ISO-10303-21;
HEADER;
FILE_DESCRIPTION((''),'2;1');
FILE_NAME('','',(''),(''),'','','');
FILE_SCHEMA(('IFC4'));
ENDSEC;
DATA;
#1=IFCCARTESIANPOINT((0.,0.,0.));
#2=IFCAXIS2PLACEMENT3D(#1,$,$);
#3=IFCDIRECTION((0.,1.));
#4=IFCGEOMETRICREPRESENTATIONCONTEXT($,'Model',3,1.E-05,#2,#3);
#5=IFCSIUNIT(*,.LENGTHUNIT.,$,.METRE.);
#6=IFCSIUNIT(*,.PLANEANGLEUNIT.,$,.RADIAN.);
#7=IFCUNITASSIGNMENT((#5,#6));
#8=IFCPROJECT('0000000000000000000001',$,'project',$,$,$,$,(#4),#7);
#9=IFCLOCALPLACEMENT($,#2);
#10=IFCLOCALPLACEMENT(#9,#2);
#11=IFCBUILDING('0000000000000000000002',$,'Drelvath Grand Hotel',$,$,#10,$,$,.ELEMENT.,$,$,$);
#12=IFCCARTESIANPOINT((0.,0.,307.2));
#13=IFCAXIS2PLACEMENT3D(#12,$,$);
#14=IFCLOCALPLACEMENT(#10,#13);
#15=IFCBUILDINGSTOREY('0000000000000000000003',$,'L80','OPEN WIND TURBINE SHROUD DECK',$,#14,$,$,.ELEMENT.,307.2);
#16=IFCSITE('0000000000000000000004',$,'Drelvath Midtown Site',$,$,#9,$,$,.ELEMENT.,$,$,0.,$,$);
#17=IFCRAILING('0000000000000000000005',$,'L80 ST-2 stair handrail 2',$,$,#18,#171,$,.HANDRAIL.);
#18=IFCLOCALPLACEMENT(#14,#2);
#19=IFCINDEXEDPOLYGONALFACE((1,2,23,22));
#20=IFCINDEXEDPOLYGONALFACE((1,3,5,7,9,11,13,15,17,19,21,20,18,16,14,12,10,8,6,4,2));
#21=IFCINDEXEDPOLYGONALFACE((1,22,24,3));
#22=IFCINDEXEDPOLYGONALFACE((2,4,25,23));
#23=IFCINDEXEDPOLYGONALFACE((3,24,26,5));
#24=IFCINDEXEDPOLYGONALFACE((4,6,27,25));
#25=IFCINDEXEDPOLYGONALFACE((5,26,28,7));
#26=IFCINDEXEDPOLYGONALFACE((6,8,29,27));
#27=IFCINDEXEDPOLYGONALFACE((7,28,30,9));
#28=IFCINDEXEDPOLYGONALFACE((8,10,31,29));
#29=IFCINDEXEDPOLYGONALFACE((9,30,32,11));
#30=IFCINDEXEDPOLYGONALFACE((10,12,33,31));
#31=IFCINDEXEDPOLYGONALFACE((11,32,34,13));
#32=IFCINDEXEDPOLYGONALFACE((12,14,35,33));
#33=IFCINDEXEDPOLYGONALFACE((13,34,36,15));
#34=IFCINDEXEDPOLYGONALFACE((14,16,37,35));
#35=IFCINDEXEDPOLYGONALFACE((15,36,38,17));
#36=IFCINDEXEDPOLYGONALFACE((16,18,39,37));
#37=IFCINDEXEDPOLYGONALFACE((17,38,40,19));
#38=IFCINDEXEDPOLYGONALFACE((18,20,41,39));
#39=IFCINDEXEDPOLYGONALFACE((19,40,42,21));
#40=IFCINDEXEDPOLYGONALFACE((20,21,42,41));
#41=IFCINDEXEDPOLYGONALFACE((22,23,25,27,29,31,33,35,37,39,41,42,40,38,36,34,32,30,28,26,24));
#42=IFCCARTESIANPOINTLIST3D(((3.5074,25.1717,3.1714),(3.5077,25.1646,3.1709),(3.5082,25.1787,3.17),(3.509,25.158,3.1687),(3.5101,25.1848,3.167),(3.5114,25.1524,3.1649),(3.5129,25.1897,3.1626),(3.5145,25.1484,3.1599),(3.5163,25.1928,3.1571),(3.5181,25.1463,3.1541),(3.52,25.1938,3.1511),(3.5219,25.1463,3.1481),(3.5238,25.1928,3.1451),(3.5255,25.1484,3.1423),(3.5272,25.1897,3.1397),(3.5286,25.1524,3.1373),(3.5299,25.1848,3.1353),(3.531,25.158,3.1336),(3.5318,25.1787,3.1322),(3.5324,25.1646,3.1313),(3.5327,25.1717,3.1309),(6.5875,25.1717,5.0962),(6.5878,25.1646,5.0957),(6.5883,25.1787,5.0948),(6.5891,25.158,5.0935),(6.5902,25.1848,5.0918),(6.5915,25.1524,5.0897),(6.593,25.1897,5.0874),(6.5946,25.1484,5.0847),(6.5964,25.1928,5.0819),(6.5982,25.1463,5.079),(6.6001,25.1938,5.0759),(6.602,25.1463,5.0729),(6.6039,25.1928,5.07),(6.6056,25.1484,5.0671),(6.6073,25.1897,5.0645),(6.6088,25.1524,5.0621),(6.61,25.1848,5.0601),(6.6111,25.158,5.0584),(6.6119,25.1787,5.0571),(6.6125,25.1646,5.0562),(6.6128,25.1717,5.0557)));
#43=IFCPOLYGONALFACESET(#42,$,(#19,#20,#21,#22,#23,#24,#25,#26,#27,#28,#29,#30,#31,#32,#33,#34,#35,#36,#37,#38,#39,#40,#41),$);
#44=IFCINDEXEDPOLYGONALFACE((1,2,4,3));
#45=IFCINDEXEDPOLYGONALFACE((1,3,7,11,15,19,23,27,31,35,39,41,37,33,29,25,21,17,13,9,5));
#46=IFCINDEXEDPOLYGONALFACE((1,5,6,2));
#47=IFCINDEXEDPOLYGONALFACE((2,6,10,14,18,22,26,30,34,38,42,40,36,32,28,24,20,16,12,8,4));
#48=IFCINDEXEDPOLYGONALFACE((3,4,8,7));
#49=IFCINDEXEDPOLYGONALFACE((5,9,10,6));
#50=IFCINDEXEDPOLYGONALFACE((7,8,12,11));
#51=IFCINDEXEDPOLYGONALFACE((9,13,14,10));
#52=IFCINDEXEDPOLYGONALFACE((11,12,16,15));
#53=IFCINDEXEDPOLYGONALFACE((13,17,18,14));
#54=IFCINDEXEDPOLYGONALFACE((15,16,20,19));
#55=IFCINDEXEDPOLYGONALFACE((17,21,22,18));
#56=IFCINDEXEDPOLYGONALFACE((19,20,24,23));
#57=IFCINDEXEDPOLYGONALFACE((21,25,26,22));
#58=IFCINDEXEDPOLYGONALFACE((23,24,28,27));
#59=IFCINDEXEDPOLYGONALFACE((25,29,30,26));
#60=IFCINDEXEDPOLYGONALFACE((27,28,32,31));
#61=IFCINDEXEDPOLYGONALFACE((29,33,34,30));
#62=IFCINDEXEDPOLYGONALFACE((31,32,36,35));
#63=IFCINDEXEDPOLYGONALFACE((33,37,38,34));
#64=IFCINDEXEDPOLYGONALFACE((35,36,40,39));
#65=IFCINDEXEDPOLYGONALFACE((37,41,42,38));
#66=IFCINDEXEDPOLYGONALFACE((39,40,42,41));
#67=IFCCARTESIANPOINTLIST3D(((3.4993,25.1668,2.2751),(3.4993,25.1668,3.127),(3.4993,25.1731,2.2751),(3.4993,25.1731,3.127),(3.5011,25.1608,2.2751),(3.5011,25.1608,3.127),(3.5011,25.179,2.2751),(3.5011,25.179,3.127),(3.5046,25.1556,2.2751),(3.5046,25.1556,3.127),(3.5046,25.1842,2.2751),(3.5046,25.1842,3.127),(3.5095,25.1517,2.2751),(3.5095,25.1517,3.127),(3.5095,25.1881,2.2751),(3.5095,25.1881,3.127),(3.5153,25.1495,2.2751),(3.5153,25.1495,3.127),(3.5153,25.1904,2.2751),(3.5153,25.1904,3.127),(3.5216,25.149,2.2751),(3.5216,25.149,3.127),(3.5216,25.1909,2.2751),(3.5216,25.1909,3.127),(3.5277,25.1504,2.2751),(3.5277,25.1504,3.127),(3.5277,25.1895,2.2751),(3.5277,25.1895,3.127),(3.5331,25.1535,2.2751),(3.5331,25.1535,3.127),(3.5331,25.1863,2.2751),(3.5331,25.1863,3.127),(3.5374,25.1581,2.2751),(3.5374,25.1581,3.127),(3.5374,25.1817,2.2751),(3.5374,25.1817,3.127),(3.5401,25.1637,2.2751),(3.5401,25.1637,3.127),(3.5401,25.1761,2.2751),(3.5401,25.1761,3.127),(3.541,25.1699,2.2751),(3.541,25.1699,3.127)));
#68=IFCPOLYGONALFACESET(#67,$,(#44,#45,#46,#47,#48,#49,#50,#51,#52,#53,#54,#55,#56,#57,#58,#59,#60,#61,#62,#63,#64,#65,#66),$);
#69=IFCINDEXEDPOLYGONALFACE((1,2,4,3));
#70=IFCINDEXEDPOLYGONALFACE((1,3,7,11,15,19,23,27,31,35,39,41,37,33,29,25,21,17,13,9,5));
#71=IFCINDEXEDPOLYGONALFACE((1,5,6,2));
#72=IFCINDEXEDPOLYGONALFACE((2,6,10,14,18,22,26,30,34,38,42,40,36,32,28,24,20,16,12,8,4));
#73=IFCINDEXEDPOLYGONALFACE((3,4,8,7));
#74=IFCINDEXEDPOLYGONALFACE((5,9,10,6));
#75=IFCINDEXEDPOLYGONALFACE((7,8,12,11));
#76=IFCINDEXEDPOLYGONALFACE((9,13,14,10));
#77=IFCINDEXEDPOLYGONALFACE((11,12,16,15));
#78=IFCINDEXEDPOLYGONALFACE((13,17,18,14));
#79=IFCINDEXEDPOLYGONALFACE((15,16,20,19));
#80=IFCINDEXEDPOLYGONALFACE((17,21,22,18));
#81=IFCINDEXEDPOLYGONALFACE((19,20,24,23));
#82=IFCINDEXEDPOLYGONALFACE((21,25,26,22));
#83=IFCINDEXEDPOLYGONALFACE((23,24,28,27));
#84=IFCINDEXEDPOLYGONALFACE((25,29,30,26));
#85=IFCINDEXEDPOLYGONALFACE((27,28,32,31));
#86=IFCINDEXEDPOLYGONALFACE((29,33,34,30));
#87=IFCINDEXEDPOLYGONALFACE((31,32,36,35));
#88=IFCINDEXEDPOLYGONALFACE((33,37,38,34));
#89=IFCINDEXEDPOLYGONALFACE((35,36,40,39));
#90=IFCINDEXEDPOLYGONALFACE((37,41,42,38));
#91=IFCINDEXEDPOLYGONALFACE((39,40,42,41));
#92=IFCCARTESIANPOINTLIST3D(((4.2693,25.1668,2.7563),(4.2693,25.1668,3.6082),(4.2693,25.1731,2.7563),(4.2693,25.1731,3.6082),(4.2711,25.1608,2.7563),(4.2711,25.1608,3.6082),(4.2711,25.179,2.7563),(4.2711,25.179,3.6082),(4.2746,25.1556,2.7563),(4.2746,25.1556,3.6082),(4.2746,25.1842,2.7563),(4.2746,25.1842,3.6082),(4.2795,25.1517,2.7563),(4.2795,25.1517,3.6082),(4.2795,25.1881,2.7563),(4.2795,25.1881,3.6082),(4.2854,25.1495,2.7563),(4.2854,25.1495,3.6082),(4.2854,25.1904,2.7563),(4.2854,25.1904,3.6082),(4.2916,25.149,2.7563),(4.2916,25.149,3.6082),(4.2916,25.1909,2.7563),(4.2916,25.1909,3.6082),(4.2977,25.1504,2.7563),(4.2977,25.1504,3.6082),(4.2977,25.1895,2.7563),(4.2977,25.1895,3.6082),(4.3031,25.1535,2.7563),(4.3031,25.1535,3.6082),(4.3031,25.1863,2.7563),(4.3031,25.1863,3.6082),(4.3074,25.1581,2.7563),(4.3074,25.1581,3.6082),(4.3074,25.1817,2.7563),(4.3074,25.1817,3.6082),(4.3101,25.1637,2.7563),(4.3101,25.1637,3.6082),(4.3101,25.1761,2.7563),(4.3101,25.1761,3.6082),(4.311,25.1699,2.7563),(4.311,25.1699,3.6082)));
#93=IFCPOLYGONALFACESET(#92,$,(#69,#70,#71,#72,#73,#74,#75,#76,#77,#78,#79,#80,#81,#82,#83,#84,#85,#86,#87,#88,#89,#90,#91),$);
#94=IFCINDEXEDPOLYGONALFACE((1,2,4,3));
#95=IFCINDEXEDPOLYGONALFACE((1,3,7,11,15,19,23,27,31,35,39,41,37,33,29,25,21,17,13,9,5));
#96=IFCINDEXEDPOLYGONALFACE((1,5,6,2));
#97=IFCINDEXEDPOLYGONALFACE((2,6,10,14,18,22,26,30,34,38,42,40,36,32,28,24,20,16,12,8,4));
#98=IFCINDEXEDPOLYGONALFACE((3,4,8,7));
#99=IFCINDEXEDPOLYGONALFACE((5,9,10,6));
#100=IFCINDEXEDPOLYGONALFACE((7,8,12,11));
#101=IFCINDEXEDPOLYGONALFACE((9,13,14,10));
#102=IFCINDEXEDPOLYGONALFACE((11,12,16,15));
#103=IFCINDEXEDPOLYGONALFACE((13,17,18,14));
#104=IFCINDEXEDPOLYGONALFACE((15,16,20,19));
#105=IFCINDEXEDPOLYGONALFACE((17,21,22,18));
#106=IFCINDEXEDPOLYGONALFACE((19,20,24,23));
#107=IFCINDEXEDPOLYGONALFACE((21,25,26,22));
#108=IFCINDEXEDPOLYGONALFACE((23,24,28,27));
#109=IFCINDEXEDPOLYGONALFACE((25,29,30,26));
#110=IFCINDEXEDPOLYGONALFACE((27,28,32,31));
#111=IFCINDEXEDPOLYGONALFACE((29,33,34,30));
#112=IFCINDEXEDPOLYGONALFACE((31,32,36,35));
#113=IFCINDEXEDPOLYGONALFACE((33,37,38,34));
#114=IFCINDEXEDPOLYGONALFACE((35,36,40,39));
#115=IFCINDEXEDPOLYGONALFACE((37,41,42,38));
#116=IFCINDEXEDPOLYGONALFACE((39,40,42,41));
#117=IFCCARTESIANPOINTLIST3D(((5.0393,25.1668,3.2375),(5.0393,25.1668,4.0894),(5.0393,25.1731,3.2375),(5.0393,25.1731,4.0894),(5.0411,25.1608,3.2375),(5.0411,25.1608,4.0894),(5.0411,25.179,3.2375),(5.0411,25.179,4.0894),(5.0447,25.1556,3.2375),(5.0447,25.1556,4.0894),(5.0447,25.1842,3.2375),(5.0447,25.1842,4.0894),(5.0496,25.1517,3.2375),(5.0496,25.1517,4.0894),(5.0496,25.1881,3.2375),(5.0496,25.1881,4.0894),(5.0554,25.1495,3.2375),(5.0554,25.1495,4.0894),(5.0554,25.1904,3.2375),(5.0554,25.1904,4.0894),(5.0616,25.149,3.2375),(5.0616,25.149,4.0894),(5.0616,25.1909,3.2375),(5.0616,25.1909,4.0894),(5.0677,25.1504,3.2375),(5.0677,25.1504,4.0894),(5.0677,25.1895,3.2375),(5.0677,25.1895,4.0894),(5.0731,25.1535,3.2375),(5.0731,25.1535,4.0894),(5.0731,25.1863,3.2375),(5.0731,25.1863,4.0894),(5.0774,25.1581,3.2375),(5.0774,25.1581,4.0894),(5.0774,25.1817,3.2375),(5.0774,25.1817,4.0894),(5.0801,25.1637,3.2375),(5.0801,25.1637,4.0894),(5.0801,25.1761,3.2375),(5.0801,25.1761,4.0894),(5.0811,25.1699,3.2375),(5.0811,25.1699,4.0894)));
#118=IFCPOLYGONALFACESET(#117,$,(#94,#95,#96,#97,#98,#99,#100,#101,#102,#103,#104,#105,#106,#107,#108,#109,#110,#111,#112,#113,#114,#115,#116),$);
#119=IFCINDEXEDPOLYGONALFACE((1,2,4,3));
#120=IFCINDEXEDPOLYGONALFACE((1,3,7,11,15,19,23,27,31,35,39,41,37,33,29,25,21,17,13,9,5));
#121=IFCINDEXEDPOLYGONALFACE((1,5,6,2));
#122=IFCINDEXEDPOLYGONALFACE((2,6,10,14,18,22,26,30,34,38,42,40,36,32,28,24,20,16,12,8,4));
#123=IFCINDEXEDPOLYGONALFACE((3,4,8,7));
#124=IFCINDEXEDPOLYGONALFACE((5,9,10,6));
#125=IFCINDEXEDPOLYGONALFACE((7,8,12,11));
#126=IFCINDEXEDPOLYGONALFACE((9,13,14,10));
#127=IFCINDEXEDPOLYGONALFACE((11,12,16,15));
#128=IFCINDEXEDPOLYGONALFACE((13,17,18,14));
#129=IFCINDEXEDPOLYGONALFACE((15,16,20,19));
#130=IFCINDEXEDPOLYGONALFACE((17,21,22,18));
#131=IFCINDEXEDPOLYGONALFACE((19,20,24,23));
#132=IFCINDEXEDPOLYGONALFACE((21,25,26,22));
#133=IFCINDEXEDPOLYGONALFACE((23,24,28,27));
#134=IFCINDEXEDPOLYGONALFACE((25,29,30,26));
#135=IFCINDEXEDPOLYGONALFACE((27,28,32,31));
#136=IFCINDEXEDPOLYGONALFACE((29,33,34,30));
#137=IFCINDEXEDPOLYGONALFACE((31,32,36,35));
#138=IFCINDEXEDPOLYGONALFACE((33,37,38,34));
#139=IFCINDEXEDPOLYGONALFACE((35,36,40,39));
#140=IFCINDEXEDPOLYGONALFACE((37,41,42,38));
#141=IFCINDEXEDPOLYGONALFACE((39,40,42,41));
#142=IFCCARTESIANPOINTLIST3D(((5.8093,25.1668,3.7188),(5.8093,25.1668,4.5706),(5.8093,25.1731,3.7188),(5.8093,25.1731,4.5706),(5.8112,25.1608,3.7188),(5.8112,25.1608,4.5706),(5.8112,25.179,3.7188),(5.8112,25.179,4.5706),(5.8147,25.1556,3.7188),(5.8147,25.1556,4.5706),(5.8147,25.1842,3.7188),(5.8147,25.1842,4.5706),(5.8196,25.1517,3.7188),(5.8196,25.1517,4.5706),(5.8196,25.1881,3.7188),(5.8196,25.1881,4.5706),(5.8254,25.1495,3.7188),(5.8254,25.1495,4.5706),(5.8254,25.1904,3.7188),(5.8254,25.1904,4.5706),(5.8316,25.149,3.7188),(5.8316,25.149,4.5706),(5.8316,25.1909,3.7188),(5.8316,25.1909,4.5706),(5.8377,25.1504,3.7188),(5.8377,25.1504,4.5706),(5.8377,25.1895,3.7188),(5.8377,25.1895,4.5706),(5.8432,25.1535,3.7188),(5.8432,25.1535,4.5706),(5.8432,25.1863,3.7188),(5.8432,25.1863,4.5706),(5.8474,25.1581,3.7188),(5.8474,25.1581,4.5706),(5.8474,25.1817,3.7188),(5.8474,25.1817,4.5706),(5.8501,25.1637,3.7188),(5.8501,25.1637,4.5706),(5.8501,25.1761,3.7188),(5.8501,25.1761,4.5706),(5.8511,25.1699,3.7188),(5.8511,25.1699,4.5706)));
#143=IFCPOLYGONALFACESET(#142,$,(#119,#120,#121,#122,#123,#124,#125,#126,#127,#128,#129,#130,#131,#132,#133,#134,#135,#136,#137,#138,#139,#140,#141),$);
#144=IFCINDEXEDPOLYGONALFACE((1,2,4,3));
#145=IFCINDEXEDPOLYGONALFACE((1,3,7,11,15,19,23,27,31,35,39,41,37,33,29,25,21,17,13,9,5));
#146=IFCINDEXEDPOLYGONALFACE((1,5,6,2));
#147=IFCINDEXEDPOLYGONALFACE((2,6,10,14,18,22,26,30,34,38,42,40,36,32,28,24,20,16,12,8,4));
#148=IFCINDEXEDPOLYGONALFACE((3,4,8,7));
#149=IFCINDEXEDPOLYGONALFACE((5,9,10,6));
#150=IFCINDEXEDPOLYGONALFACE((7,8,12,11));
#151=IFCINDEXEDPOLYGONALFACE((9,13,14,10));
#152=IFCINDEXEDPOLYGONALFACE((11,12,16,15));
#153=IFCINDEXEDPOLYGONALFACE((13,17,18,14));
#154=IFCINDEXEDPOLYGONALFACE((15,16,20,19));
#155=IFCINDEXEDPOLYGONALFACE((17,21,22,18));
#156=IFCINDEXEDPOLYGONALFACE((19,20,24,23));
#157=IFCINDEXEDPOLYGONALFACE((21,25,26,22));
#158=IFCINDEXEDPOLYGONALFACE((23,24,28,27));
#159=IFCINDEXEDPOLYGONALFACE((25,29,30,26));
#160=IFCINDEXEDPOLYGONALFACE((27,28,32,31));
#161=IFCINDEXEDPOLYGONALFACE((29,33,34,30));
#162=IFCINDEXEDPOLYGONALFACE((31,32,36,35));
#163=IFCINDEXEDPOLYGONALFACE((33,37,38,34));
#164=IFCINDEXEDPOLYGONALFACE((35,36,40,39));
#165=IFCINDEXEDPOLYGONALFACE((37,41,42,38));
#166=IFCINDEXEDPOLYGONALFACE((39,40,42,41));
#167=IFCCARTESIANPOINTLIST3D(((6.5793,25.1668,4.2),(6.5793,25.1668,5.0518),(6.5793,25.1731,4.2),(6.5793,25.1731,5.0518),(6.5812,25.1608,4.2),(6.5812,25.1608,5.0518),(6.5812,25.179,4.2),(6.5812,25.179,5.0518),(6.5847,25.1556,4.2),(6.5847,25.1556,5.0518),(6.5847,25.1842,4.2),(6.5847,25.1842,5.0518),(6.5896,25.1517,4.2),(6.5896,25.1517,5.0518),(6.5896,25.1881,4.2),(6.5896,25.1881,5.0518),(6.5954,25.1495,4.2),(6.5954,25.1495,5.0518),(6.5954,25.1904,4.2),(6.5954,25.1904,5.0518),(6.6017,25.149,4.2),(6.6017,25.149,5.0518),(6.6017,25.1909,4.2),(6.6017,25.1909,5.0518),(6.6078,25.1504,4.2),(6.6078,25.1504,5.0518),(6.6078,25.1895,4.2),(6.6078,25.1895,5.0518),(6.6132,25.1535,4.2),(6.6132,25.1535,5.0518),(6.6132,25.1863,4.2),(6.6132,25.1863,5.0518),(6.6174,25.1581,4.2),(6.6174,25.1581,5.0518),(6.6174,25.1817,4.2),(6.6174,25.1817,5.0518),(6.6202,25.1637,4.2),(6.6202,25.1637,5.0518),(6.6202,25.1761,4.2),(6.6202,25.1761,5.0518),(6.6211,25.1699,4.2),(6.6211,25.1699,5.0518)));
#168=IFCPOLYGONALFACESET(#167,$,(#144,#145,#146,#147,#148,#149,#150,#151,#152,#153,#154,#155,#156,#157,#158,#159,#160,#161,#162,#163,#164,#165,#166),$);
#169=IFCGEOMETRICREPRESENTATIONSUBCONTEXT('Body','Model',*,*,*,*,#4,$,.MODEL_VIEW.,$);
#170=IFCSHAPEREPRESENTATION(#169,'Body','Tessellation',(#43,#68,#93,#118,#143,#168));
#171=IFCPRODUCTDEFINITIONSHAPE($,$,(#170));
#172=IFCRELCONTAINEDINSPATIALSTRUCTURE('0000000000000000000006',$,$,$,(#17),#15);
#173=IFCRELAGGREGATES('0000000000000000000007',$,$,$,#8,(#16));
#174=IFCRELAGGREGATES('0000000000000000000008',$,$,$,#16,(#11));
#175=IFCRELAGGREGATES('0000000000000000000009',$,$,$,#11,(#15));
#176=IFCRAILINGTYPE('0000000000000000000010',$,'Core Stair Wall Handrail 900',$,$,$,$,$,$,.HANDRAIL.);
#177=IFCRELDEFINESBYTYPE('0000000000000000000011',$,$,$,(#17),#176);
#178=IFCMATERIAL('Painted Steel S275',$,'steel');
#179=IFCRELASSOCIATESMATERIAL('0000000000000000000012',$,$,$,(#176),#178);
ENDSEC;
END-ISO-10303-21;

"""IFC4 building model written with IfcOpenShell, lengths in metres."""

from ifc_helpers import new_model, si_unit, direction, frame, origin, origin_2d, place, context, subcontext, project, spatial, circle, extrude, material, type_object, element, save


model = new_model("IFC4")

# Units and contexts
model_context = context("Model", 3, precision=1e-05, world=origin(), true_north=direction((0.0, 1.0)))
body_context = subcontext(model_context, "Body", "Model", "MODEL_VIEW")
ifc_project = project(units=[si_unit("LENGTHUNIT", "METRE"), si_unit("PLANEANGLEUNIT", "RADIAN")], contexts=[model_context])

# Site, building, storey
site_placement = place(None, origin())
site = spatial("IfcSite", under=ifc_project, at=site_placement, Name="Drelvath Midtown Site", CompositionType="ELEMENT", RefElevation=0.0)
building_placement = place(site_placement, origin())
building = spatial("IfcBuilding", under=site, at=building_placement, Name="Drelvath Grand Hotel", CompositionType="ELEMENT")
storey_placement = place(building_placement, frame((0.0, 0.0, 307.2)))
storey = spatial("IfcBuildingStorey", under=building, at=storey_placement, Name="L80", Description="OPEN WIND TURBINE SHROUD DECK", CompositionType="ELEMENT", Elevation=307.2)

# Shared definitions
ifc_material_1 = material(Name="Painted Steel S275", Category="steel")

# Railing
railing_type_1 = type_object("IfcRailingType", Name="Core Stair Wall Handrail 900", PredefinedType="HANDRAIL", material=ifc_material_1)
railing_1_placement = place(storey_placement, frame((3.52, 25.1699, 2.2751)))
element("IfcRailing", 1, at=railing_1_placement, inside=storey, type_object=railing_type_1, Name="L80 ST-2 stair handrail 2", PredefinedType="HANDRAIL", context=body_context, shape_type="SweptSolid", body=[
    extrude(circle(Radius=0.0239, at=origin_2d()), frame((0.0, 0.0, 0.876), z_axis=(0.848029, 0.0, 0.529951), x_axis=(0.0, 1.0, 0.0)), (0.0, 0.0, 1.0), 3.6321),
    extrude(circle(Radius=0.021, at=origin_2d()), origin(), (0.0, 0.0, 1.0), 0.8518),
    extrude(circle(Radius=0.021, at=origin_2d()), frame((0.77, 0.0, 0.4812)), (0.0, 0.0, 1.0), 0.8518),
    extrude(circle(Radius=0.021, at=origin_2d()), frame((1.54, 0.0, 0.9624)), (0.0, 0.0, 1.0), 0.8518),
    extrude(circle(Radius=0.021, at=origin_2d()), frame((2.3101, 0.0, 1.4436)), (0.0, 0.0, 1.0), 0.8518),
    extrude(circle(Radius=0.021, at=origin_2d()), frame((3.0801, 0.0, 1.9248)), (0.0, 0.0, 1.0), 0.8518),
])

save(model, "model.ifc")
